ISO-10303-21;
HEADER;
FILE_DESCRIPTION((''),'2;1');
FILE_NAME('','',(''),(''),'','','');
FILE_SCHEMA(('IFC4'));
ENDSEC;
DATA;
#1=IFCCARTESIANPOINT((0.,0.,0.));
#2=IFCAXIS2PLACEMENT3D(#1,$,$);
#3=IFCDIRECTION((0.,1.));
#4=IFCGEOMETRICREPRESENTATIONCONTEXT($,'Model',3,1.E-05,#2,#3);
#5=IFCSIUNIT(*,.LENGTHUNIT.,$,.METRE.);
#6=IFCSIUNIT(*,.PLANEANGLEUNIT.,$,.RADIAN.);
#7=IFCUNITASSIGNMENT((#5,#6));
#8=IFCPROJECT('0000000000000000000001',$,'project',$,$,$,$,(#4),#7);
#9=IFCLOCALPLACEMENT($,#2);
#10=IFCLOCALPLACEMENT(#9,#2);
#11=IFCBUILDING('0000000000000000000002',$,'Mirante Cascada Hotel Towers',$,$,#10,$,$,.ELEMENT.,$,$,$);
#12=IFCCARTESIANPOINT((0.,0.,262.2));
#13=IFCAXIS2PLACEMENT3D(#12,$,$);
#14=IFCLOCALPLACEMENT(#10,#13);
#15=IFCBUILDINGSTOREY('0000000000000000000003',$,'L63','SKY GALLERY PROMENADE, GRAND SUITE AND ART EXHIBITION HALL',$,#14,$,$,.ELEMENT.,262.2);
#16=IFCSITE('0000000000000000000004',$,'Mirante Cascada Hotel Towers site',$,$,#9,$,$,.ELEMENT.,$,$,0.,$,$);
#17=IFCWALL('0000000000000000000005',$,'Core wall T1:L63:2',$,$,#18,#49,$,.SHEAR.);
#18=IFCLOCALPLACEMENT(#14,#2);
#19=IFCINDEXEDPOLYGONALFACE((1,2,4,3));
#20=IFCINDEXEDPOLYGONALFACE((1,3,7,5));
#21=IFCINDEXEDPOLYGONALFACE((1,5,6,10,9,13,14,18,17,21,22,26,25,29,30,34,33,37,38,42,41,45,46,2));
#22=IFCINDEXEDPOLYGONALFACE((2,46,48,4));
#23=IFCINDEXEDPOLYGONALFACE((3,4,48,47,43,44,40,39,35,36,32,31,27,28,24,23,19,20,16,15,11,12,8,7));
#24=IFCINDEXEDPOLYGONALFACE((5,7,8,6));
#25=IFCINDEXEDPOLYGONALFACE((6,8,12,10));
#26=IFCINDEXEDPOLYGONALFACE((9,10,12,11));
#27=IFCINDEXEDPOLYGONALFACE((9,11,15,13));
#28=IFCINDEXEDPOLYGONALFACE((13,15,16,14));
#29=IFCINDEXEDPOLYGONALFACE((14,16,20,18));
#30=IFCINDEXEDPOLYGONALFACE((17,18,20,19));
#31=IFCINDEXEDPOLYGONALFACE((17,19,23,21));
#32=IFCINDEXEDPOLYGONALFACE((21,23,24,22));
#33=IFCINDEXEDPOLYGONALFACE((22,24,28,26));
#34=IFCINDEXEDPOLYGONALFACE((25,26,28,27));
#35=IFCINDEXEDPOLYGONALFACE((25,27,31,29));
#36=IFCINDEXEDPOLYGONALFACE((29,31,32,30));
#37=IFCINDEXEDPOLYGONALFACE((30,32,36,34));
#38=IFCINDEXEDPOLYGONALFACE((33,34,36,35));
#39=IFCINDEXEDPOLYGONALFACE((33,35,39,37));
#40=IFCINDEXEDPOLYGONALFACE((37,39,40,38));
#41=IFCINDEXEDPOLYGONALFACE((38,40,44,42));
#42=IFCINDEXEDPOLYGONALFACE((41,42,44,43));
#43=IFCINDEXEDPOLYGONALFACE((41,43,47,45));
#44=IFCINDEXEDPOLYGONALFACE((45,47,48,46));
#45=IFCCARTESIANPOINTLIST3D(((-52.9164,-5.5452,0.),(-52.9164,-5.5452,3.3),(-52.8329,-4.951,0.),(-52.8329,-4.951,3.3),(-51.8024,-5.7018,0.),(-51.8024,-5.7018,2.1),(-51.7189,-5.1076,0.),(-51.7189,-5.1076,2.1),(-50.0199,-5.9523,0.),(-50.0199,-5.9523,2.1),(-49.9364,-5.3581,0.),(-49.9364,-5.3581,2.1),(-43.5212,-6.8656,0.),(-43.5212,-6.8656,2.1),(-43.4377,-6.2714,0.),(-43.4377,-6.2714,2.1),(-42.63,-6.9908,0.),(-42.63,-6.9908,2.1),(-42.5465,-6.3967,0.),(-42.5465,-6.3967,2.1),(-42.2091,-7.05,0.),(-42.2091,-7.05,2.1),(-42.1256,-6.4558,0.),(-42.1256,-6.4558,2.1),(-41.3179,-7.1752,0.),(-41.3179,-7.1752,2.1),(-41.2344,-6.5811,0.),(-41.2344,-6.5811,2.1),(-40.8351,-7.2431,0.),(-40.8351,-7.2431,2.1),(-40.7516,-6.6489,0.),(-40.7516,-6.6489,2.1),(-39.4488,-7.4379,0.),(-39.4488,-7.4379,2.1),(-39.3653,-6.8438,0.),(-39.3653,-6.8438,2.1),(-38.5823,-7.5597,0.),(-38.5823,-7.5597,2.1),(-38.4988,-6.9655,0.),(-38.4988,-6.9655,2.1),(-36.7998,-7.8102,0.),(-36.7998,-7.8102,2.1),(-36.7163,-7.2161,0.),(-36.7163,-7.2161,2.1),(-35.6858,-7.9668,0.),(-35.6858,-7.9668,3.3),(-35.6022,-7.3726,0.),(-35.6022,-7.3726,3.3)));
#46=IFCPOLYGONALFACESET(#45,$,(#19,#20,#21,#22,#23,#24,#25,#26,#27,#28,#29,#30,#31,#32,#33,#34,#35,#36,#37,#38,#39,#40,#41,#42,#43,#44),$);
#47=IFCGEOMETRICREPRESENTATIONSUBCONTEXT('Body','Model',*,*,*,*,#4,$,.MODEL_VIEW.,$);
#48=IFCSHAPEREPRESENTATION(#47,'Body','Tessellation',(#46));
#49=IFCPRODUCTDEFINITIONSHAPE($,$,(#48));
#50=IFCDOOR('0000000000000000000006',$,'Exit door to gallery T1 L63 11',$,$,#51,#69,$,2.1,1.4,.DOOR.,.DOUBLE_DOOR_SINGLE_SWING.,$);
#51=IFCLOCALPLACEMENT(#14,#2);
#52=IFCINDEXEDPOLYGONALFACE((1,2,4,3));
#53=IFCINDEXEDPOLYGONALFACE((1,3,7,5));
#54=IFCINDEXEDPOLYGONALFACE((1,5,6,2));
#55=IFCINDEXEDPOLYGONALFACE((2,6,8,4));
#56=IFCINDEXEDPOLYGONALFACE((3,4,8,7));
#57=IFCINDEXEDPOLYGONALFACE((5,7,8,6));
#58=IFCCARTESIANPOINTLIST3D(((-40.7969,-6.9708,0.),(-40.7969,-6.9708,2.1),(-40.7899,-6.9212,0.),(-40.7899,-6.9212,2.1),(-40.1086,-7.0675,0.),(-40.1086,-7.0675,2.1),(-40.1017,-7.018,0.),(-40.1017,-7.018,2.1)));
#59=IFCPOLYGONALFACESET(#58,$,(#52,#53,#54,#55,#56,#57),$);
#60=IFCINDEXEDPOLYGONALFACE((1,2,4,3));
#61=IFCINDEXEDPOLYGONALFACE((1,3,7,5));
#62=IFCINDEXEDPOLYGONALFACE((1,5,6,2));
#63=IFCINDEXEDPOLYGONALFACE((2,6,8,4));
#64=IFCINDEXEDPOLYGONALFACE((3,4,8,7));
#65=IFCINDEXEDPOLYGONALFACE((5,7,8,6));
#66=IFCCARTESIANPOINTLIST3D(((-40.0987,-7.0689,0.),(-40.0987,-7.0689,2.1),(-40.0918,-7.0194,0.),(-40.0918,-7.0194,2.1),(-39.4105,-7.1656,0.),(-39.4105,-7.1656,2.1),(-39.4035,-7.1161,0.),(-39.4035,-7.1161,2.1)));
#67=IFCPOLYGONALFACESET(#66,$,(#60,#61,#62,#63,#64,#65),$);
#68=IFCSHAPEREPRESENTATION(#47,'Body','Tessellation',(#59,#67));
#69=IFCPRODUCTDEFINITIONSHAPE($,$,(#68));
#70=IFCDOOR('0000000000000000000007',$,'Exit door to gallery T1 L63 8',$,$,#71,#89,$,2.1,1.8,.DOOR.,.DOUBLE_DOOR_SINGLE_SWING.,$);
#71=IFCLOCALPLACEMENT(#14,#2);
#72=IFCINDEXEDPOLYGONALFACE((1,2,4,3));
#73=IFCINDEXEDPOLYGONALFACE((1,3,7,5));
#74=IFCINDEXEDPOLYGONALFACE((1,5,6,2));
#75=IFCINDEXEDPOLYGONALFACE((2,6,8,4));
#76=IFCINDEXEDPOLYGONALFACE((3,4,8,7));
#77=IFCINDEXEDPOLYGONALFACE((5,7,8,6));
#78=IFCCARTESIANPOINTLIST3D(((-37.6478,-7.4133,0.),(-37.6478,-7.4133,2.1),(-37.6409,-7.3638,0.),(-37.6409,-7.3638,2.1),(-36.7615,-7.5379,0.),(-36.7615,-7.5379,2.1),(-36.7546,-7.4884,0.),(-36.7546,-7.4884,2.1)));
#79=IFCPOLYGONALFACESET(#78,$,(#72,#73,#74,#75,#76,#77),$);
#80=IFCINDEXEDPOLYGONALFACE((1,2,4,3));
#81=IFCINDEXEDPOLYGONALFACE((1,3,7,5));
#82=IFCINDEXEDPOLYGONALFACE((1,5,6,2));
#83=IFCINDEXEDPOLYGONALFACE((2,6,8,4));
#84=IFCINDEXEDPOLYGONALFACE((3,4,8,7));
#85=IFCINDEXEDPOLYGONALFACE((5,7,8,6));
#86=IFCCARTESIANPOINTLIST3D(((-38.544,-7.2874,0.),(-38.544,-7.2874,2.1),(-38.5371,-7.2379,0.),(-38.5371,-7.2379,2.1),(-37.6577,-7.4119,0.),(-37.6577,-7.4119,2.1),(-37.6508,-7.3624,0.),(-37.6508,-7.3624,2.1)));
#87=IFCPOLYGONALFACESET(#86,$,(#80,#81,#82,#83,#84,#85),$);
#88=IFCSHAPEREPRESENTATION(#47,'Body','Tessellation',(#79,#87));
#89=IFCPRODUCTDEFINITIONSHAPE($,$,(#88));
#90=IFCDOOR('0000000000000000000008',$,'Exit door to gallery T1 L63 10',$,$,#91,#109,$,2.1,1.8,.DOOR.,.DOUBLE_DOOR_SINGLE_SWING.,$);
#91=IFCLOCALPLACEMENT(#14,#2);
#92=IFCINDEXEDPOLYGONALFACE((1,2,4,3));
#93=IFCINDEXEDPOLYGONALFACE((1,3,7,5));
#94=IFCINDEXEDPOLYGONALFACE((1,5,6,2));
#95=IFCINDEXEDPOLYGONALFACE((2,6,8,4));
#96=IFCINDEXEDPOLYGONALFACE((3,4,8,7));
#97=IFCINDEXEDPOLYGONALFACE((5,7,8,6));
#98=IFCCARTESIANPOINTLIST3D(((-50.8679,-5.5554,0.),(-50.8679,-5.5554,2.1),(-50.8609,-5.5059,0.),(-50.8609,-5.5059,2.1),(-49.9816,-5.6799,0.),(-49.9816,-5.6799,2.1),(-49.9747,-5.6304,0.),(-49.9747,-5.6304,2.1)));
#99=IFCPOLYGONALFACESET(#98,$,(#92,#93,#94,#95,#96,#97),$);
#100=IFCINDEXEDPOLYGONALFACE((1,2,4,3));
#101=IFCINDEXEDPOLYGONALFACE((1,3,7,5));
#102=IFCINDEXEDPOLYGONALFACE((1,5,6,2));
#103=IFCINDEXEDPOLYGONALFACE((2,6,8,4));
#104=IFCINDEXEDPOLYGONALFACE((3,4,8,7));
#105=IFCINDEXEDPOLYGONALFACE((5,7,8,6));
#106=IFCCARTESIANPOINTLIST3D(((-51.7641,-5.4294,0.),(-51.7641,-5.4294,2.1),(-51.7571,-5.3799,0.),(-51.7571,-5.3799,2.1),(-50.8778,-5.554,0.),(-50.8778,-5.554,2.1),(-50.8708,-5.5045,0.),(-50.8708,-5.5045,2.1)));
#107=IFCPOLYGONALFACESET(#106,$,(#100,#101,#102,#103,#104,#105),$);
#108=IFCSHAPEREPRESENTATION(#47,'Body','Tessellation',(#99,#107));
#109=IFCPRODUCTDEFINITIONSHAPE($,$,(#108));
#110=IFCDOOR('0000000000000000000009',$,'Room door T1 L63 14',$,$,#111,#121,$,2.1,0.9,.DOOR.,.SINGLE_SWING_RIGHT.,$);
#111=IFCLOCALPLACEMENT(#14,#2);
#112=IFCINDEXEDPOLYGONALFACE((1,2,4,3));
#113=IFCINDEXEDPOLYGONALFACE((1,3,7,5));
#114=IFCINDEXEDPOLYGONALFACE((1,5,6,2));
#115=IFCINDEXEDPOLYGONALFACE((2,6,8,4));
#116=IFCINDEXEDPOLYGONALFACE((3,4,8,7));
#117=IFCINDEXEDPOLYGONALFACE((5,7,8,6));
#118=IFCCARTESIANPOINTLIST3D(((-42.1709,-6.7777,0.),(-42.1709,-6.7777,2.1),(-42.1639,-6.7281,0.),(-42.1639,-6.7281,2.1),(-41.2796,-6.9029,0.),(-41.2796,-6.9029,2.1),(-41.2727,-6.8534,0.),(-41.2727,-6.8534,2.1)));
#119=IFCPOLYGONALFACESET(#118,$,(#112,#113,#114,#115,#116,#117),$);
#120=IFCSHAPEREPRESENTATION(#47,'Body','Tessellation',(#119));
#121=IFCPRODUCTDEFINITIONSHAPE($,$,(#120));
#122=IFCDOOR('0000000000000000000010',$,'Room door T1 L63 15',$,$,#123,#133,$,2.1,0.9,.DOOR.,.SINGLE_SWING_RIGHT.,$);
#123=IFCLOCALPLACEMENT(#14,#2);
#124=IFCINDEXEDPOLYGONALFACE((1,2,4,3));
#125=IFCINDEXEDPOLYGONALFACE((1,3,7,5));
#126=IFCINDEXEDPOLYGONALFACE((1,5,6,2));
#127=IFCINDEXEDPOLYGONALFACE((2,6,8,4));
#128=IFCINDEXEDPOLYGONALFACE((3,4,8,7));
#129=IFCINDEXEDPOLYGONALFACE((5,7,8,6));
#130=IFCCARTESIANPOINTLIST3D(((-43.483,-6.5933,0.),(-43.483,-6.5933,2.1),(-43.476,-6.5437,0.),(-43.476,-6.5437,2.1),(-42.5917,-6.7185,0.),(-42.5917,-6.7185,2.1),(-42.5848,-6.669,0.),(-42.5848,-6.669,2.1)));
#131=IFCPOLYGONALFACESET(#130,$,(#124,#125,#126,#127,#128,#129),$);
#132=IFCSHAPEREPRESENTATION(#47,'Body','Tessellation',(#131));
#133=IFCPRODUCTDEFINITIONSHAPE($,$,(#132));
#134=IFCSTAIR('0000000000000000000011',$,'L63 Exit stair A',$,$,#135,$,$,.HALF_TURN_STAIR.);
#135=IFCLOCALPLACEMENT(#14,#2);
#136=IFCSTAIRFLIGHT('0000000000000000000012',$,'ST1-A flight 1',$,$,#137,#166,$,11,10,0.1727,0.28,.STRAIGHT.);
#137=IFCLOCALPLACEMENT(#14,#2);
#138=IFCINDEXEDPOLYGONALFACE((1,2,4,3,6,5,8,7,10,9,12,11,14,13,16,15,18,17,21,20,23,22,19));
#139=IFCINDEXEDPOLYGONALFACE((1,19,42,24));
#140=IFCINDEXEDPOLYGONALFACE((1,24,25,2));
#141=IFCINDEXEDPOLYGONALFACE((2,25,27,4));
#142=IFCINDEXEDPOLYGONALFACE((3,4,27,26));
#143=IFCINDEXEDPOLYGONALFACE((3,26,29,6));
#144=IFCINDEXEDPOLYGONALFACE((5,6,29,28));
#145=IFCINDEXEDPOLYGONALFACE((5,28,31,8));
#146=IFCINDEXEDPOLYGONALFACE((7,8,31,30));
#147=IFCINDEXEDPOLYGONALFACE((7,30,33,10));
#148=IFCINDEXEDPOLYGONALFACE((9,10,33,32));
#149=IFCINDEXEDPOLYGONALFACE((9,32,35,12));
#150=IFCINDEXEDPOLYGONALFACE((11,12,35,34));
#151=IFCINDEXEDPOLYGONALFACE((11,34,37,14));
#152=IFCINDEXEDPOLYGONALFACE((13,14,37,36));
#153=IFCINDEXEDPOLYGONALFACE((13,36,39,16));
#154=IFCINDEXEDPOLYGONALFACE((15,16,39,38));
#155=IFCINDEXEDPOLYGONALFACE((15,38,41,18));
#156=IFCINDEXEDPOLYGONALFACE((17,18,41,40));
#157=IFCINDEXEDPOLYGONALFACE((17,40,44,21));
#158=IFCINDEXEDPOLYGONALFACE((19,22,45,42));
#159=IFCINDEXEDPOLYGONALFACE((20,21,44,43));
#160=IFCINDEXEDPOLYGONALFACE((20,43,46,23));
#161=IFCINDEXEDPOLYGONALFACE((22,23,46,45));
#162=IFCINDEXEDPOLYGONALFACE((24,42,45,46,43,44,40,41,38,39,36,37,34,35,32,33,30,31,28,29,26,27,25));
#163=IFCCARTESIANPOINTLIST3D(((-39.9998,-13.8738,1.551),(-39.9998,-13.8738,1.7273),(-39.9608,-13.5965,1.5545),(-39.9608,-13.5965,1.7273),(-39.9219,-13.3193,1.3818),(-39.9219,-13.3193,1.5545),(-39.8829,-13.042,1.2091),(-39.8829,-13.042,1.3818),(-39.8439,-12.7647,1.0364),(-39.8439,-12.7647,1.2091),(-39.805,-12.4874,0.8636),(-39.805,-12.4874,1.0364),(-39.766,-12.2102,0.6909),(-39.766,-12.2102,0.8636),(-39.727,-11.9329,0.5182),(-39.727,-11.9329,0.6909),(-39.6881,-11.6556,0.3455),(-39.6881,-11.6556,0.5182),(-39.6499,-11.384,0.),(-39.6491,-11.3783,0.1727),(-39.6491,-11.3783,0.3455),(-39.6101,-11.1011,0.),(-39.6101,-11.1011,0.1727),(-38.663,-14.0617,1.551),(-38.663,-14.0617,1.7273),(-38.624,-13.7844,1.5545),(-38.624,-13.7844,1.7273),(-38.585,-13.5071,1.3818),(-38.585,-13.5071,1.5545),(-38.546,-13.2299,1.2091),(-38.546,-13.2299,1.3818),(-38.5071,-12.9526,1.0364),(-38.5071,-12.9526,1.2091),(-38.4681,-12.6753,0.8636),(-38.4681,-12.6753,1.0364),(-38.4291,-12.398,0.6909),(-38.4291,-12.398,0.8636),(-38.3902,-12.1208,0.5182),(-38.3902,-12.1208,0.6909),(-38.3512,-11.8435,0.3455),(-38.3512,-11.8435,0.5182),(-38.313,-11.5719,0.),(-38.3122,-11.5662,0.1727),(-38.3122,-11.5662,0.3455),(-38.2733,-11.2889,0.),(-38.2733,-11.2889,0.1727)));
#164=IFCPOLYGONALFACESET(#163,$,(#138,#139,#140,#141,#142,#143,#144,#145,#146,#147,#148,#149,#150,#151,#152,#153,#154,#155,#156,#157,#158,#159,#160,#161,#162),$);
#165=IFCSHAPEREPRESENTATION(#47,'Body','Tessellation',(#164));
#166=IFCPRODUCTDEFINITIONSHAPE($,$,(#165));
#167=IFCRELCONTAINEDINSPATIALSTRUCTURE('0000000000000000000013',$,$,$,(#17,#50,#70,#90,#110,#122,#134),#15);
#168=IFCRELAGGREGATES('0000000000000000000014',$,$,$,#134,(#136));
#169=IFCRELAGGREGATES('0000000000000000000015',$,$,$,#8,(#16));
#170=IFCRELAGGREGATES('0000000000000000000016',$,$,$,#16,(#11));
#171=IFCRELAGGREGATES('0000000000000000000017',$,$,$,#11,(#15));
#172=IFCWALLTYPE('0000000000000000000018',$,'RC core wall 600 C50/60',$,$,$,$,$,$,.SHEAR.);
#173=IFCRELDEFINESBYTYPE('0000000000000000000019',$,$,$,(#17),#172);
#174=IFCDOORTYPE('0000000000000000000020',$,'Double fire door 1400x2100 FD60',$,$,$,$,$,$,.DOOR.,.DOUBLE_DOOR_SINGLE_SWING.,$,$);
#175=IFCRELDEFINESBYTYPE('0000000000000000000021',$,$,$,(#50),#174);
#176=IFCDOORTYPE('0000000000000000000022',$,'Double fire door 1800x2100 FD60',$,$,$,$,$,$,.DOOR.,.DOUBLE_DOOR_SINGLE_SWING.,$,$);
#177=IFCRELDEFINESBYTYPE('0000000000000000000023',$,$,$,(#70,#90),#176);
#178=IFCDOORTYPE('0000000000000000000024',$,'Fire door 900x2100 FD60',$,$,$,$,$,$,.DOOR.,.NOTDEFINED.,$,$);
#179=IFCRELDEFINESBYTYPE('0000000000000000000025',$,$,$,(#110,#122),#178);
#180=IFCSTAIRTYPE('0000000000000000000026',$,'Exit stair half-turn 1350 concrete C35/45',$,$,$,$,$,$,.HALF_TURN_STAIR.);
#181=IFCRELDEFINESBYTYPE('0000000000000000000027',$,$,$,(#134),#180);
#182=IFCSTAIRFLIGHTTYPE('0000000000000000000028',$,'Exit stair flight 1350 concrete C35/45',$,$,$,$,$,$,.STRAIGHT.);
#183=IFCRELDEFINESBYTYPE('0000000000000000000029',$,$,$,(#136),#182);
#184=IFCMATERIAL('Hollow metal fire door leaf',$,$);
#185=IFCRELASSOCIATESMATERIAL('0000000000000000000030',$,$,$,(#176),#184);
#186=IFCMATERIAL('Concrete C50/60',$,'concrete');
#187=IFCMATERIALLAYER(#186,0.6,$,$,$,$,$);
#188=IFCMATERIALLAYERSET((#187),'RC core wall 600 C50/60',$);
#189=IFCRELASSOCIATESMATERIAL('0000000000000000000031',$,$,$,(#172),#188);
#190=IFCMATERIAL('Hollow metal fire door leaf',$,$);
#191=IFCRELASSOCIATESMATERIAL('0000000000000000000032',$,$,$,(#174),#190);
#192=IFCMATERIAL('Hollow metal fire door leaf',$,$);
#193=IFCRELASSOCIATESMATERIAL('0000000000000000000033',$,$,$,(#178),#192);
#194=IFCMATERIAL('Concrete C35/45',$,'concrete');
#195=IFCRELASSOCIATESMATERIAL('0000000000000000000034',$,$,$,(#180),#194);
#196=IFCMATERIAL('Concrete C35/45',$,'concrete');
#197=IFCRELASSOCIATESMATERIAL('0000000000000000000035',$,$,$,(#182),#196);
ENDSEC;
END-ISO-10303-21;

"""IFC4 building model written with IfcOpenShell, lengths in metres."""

from ifc_helpers import new_model, si_unit, direction, frame, frame_2d, origin, place, context, subcontext, project, spatial, polyline, rectangle, outline, extrude, material, layer, layer_set, type_object, element, fill, aggregate, save


model = new_model("IFC4")

# Units and contexts
model_context = context("Model", 3, precision=1e-05, world=origin(), true_north=direction((0.0, 1.0)))
body_context = subcontext(model_context, "Body", "Model", "MODEL_VIEW")
ifc_project = project(units=[si_unit("LENGTHUNIT", "METRE"), si_unit("PLANEANGLEUNIT", "RADIAN")], contexts=[model_context])

# Site, building, storey
site_placement = place(None, origin())
site = spatial("IfcSite", under=ifc_project, at=site_placement, Name="Mirante Cascada Hotel Towers site", CompositionType="ELEMENT", RefElevation=0.0)
building_placement = place(site_placement, origin())
building = spatial("IfcBuilding", under=site, at=building_placement, Name="Mirante Cascada Hotel Towers", CompositionType="ELEMENT")
storey_placement = place(building_placement, frame((0.0, 0.0, 262.2)))
storey = spatial("IfcBuildingStorey", under=building, at=storey_placement, Name="L63", Description="SKY GALLERY PROMENADE, GRAND SUITE AND ART EXHIBITION HALL", CompositionType="ELEMENT", Elevation=262.2)

# Shared definitions
ifc_material_1 = material(Name="Hollow metal fire door leaf")
door_type_1 = type_object("IfcDoorType", Name="Double fire door 1800x2100 FD60", OperationType="DOUBLE_DOOR_SINGLE_SWING", PredefinedType="DOOR", material=ifc_material_1)

# Wall, openings, doors
ifc_material_2 = material(Name="Concrete C50/60", Category="concrete")
ifc_layer_1 = layer(ifc_material_2, 0.6)
ifc_layer_set_1 = layer_set([ifc_layer_1], Name="RC core wall 600 C50/60")
wall_type_1 = type_object("IfcWallType", Name="RC core wall 600 C50/60", PredefinedType="SHEAR", material=ifc_layer_set_1)
wall_1_placement = place(storey_placement, frame((-35.644, -7.6697, 0.0), z_axis=(0.0, 0.0, 1.0), x_axis=(-0.990268, 0.139172, 0.0)))
wall_1 = element("IfcWall", 1, at=wall_1_placement, inside=storey, type_object=wall_type_1, Name="Core wall T1:L63:2", PredefinedType="SHEAR", context=body_context, shape_type="SweptSolid", body=[
    extrude(rectangle(XDim=17.4, YDim=0.6, at=frame_2d((8.7, 0.0))), origin(), (0.0, 0.0, 1.0), 3.3),
])
opening_1_placement = place(wall_1_placement, frame((1.125, 0.0, 0.0)))
opening_1 = element("IfcOpeningElement", 2, at=opening_1_placement, cuts=wall_1, PredefinedType="OPENING", context=body_context, shape_type="SweptSolid", body=[
    extrude(rectangle(XDim=1.8, YDim=2.1, at=frame_2d((0.9, 1.05))), frame((0.0, 0.3, 0.0), z_axis=(0.0, -1.0, 0.0), x_axis=(1.0, 0.0, 0.0)), (0.0, 0.0, 1.0), 0.6),
])
opening_2_placement = place(wall_1_placement, frame((14.475, 0.0, 0.0)))
opening_2 = element("IfcOpeningElement", 3, at=opening_2_placement, cuts=wall_1, PredefinedType="OPENING", context=body_context, shape_type="SweptSolid", body=[
    extrude(rectangle(XDim=1.8, YDim=2.1, at=frame_2d((0.9, 1.05))), frame((0.0, 0.3, 0.0), z_axis=(0.0, -1.0, 0.0), x_axis=(1.0, 0.0, 0.0)), (0.0, 0.0, 1.0), 0.6),
])
opening_3_placement = place(wall_1_placement, frame((3.8, 0.0, 0.0)))
opening_3 = element("IfcOpeningElement", 4, at=opening_3_placement, cuts=wall_1, PredefinedType="OPENING", context=body_context, shape_type="SweptSolid", body=[
    extrude(rectangle(XDim=1.4, YDim=2.1, at=frame_2d((0.7, 1.05))), frame((0.0, 0.3, 0.0), z_axis=(0.0, -1.0, 0.0), x_axis=(1.0, 0.0, 0.0)), (0.0, 0.0, 1.0), 0.6),
])
opening_4_placement = place(wall_1_placement, frame((5.6875, 0.0, 0.0)))
opening_4 = element("IfcOpeningElement", 5, at=opening_4_placement, cuts=wall_1, PredefinedType="OPENING", context=body_context, shape_type="SweptSolid", body=[
    extrude(rectangle(XDim=0.9, YDim=2.1, at=frame_2d((0.45, 1.05))), frame((0.0, 0.3, 0.0), z_axis=(0.0, -1.0, 0.0), x_axis=(1.0, 0.0, 0.0)), (0.0, 0.0, 1.0), 0.6),
])
opening_5_placement = place(wall_1_placement, frame((7.0125, 0.0, 0.0)))
opening_5 = element("IfcOpeningElement", 6, at=opening_5_placement, cuts=wall_1, PredefinedType="OPENING", context=body_context, shape_type="SweptSolid", body=[
    extrude(rectangle(XDim=0.9, YDim=2.1, at=frame_2d((0.45, 1.05))), frame((0.0, 0.3, 0.0), z_axis=(0.0, -1.0, 0.0), x_axis=(1.0, 0.0, 0.0)), (0.0, 0.0, 1.0), 0.6),
])
ifc_material_3 = material(Name="Hollow metal fire door leaf")
door_type_2 = type_object("IfcDoorType", Name="Double fire door 1400x2100 FD60", OperationType="DOUBLE_DOOR_SINGLE_SWING", PredefinedType="DOOR", material=ifc_material_3)
door_1_placement = place(opening_3_placement, frame((1.4, 0.0, 0.0), z_axis=(0.0, 0.0, 1.0), x_axis=(-1.0, 0.0, 0.0)))
door_1 = element("IfcDoor", 7, at=door_1_placement, inside=storey, type_object=door_type_2, Name="Exit door to gallery T1 L63 11", OperationType="DOUBLE_DOOR_SINGLE_SWING", OverallHeight=2.1, OverallWidth=1.4, PredefinedType="DOOR", context=body_context, shape_type="SweptSolid", body=[
    extrude(rectangle(XDim=0.695, YDim=2.1, at=frame_2d((0.3475, 1.05))), frame((0.0, 0.025, 0.0), z_axis=(0.0, -1.0, 0.0), x_axis=(1.0, 0.0, 0.0)), (0.0, 0.0, 1.0), 0.05),
    extrude(rectangle(XDim=0.695, YDim=2.1, at=frame_2d((1.0525, 1.05))), frame((0.0, 0.025, 0.0), z_axis=(0.0, -1.0, 0.0), x_axis=(1.0, 0.0, 0.0)), (0.0, 0.0, 1.0), 0.05),
])
fill(opening_3, door_1)
door_2_placement = place(opening_1_placement, origin())
door_2 = element("IfcDoor", 8, at=door_2_placement, inside=storey, type_object=door_type_1, Name="Exit door to gallery T1 L63 8", OperationType="DOUBLE_DOOR_SINGLE_SWING", OverallHeight=2.1, OverallWidth=1.8, PredefinedType="DOOR", context=body_context, shape_type="SweptSolid", body=[
    extrude(rectangle(XDim=0.895, YDim=2.1, at=frame_2d((0.4475, 1.05))), frame((0.0, 0.025, 0.0), z_axis=(0.0, -1.0, 0.0), x_axis=(1.0, 0.0, 0.0)), (0.0, 0.0, 1.0), 0.05),
    extrude(rectangle(XDim=0.895, YDim=2.1, at=frame_2d((1.3525, 1.05))), frame((0.0, 0.025, 0.0), z_axis=(0.0, -1.0, 0.0), x_axis=(1.0, 0.0, 0.0)), (0.0, 0.0, 1.0), 0.05),
])
fill(opening_1, door_2)
door_3_placement = place(opening_2_placement, origin())
door_3 = element("IfcDoor", 9, at=door_3_placement, inside=storey, type_object=door_type_1, Name="Exit door to gallery T1 L63 10", OperationType="DOUBLE_DOOR_SINGLE_SWING", OverallHeight=2.1, OverallWidth=1.8, PredefinedType="DOOR", context=body_context, shape_type="SweptSolid", body=[
    extrude(rectangle(XDim=0.895, YDim=2.1, at=frame_2d((0.4475, 1.05))), frame((0.0, 0.025, 0.0), z_axis=(0.0, -1.0, 0.0), x_axis=(1.0, 0.0, 0.0)), (0.0, 0.0, 1.0), 0.05),
    extrude(rectangle(XDim=0.895, YDim=2.1, at=frame_2d((1.3525, 1.05))), frame((0.0, 0.025, 0.0), z_axis=(0.0, -1.0, 0.0), x_axis=(1.0, 0.0, 0.0)), (0.0, 0.0, 1.0), 0.05),
])
fill(opening_2, door_3)
ifc_material_4 = material(Name="Hollow metal fire door leaf")
door_type_3 = type_object("IfcDoorType", Name="Fire door 900x2100 FD60", OperationType="NOTDEFINED", PredefinedType="DOOR", material=ifc_material_4)
door_4_placement = place(opening_4_placement, origin())
door_4 = element("IfcDoor", 10, at=door_4_placement, inside=storey, type_object=door_type_3, Name="Room door T1 L63 14", OperationType="SINGLE_SWING_RIGHT", OverallHeight=2.1, OverallWidth=0.9, PredefinedType="DOOR", context=body_context, shape_type="SweptSolid", body=[
    extrude(rectangle(XDim=0.9, YDim=2.1, at=frame_2d((0.45, 1.05))), frame((0.0, 0.025, 0.0), z_axis=(0.0, -1.0, 0.0), x_axis=(1.0, 0.0, 0.0)), (0.0, 0.0, 1.0), 0.05),
])
fill(opening_4, door_4)
door_5_placement = place(opening_5_placement, origin())
door_5 = element("IfcDoor", 11, at=door_5_placement, inside=storey, type_object=door_type_3, Name="Room door T1 L63 15", OperationType="SINGLE_SWING_RIGHT", OverallHeight=2.1, OverallWidth=0.9, PredefinedType="DOOR", context=body_context, shape_type="SweptSolid", body=[
    extrude(rectangle(XDim=0.9, YDim=2.1, at=frame_2d((0.45, 1.05))), frame((0.0, 0.025, 0.0), z_axis=(0.0, -1.0, 0.0), x_axis=(1.0, 0.0, 0.0)), (0.0, 0.0, 1.0), 0.05),
])
fill(opening_5, door_5)

# Stair, stair flight
ifc_material_5 = material(Name="Concrete C35/45", Category="concrete")
stair_type = type_object("IfcStairType", Name="Exit stair half-turn 1350 concrete C35/45", PredefinedType="HALF_TURN_STAIR", material=ifc_material_5)
stair_placement = place(storey_placement, origin())
stair = element("IfcStair", 12, at=stair_placement, inside=storey, type_object=stair_type, Name="L63 Exit stair A", PredefinedType="HALF_TURN_STAIR")
ifc_material_6 = material(Name="Concrete C35/45", Category="concrete")
stair_flight_type = type_object("IfcStairFlightType", Name="Exit stair flight 1350 concrete C35/45", PredefinedType="STRAIGHT", material=ifc_material_6)
stair_flight_placement = place(storey_placement, frame((-38.9417, -11.195, 0.0), z_axis=(0.0, 0.0, 1.0), x_axis=(-0.139173, -0.990268, 0.0)))
stair_flight = element("IfcStairFlight", 13, at=stair_flight_placement, type_object=stair_flight_type, Name="ST1-A flight 1", NumberOfRisers=11, NumberOfTreads=10, PredefinedType="STRAIGHT", RiserHeight=0.1727, TreadLength=0.28, context=body_context, shape_type="SweptSolid", body=[
    extrude(outline(polyline([(0.0, 0.0), (0.0, 0.1727), (0.28, 0.1727), (0.28, 0.3455), (0.56, 0.3455), (0.56, 0.5182), (0.84, 0.5182), (0.84, 0.6909), (1.12, 0.6909), (1.12, 0.8636), (1.4, 0.8636), (1.4, 1.0364), (1.68, 1.0364), (1.68, 1.2091), (1.96, 1.2091), (1.96, 1.3818), (2.24, 1.3818), (2.24, 1.5545), (2.52, 1.5545), (2.52, 1.7273), (2.8, 1.7273), (2.8, 1.9), (2.8, 1.551), (0.2857, 0.0), (0.0, 0.0)])), frame((0.0, 0.675, 0.0), z_axis=(0.0, -1.0, 0.0), x_axis=(1.0, 0.0, 0.0)), (0.0, 0.0, 1.0), 1.35),
])
aggregate(stair, [stair_flight])

save(model, "model.ifc")
